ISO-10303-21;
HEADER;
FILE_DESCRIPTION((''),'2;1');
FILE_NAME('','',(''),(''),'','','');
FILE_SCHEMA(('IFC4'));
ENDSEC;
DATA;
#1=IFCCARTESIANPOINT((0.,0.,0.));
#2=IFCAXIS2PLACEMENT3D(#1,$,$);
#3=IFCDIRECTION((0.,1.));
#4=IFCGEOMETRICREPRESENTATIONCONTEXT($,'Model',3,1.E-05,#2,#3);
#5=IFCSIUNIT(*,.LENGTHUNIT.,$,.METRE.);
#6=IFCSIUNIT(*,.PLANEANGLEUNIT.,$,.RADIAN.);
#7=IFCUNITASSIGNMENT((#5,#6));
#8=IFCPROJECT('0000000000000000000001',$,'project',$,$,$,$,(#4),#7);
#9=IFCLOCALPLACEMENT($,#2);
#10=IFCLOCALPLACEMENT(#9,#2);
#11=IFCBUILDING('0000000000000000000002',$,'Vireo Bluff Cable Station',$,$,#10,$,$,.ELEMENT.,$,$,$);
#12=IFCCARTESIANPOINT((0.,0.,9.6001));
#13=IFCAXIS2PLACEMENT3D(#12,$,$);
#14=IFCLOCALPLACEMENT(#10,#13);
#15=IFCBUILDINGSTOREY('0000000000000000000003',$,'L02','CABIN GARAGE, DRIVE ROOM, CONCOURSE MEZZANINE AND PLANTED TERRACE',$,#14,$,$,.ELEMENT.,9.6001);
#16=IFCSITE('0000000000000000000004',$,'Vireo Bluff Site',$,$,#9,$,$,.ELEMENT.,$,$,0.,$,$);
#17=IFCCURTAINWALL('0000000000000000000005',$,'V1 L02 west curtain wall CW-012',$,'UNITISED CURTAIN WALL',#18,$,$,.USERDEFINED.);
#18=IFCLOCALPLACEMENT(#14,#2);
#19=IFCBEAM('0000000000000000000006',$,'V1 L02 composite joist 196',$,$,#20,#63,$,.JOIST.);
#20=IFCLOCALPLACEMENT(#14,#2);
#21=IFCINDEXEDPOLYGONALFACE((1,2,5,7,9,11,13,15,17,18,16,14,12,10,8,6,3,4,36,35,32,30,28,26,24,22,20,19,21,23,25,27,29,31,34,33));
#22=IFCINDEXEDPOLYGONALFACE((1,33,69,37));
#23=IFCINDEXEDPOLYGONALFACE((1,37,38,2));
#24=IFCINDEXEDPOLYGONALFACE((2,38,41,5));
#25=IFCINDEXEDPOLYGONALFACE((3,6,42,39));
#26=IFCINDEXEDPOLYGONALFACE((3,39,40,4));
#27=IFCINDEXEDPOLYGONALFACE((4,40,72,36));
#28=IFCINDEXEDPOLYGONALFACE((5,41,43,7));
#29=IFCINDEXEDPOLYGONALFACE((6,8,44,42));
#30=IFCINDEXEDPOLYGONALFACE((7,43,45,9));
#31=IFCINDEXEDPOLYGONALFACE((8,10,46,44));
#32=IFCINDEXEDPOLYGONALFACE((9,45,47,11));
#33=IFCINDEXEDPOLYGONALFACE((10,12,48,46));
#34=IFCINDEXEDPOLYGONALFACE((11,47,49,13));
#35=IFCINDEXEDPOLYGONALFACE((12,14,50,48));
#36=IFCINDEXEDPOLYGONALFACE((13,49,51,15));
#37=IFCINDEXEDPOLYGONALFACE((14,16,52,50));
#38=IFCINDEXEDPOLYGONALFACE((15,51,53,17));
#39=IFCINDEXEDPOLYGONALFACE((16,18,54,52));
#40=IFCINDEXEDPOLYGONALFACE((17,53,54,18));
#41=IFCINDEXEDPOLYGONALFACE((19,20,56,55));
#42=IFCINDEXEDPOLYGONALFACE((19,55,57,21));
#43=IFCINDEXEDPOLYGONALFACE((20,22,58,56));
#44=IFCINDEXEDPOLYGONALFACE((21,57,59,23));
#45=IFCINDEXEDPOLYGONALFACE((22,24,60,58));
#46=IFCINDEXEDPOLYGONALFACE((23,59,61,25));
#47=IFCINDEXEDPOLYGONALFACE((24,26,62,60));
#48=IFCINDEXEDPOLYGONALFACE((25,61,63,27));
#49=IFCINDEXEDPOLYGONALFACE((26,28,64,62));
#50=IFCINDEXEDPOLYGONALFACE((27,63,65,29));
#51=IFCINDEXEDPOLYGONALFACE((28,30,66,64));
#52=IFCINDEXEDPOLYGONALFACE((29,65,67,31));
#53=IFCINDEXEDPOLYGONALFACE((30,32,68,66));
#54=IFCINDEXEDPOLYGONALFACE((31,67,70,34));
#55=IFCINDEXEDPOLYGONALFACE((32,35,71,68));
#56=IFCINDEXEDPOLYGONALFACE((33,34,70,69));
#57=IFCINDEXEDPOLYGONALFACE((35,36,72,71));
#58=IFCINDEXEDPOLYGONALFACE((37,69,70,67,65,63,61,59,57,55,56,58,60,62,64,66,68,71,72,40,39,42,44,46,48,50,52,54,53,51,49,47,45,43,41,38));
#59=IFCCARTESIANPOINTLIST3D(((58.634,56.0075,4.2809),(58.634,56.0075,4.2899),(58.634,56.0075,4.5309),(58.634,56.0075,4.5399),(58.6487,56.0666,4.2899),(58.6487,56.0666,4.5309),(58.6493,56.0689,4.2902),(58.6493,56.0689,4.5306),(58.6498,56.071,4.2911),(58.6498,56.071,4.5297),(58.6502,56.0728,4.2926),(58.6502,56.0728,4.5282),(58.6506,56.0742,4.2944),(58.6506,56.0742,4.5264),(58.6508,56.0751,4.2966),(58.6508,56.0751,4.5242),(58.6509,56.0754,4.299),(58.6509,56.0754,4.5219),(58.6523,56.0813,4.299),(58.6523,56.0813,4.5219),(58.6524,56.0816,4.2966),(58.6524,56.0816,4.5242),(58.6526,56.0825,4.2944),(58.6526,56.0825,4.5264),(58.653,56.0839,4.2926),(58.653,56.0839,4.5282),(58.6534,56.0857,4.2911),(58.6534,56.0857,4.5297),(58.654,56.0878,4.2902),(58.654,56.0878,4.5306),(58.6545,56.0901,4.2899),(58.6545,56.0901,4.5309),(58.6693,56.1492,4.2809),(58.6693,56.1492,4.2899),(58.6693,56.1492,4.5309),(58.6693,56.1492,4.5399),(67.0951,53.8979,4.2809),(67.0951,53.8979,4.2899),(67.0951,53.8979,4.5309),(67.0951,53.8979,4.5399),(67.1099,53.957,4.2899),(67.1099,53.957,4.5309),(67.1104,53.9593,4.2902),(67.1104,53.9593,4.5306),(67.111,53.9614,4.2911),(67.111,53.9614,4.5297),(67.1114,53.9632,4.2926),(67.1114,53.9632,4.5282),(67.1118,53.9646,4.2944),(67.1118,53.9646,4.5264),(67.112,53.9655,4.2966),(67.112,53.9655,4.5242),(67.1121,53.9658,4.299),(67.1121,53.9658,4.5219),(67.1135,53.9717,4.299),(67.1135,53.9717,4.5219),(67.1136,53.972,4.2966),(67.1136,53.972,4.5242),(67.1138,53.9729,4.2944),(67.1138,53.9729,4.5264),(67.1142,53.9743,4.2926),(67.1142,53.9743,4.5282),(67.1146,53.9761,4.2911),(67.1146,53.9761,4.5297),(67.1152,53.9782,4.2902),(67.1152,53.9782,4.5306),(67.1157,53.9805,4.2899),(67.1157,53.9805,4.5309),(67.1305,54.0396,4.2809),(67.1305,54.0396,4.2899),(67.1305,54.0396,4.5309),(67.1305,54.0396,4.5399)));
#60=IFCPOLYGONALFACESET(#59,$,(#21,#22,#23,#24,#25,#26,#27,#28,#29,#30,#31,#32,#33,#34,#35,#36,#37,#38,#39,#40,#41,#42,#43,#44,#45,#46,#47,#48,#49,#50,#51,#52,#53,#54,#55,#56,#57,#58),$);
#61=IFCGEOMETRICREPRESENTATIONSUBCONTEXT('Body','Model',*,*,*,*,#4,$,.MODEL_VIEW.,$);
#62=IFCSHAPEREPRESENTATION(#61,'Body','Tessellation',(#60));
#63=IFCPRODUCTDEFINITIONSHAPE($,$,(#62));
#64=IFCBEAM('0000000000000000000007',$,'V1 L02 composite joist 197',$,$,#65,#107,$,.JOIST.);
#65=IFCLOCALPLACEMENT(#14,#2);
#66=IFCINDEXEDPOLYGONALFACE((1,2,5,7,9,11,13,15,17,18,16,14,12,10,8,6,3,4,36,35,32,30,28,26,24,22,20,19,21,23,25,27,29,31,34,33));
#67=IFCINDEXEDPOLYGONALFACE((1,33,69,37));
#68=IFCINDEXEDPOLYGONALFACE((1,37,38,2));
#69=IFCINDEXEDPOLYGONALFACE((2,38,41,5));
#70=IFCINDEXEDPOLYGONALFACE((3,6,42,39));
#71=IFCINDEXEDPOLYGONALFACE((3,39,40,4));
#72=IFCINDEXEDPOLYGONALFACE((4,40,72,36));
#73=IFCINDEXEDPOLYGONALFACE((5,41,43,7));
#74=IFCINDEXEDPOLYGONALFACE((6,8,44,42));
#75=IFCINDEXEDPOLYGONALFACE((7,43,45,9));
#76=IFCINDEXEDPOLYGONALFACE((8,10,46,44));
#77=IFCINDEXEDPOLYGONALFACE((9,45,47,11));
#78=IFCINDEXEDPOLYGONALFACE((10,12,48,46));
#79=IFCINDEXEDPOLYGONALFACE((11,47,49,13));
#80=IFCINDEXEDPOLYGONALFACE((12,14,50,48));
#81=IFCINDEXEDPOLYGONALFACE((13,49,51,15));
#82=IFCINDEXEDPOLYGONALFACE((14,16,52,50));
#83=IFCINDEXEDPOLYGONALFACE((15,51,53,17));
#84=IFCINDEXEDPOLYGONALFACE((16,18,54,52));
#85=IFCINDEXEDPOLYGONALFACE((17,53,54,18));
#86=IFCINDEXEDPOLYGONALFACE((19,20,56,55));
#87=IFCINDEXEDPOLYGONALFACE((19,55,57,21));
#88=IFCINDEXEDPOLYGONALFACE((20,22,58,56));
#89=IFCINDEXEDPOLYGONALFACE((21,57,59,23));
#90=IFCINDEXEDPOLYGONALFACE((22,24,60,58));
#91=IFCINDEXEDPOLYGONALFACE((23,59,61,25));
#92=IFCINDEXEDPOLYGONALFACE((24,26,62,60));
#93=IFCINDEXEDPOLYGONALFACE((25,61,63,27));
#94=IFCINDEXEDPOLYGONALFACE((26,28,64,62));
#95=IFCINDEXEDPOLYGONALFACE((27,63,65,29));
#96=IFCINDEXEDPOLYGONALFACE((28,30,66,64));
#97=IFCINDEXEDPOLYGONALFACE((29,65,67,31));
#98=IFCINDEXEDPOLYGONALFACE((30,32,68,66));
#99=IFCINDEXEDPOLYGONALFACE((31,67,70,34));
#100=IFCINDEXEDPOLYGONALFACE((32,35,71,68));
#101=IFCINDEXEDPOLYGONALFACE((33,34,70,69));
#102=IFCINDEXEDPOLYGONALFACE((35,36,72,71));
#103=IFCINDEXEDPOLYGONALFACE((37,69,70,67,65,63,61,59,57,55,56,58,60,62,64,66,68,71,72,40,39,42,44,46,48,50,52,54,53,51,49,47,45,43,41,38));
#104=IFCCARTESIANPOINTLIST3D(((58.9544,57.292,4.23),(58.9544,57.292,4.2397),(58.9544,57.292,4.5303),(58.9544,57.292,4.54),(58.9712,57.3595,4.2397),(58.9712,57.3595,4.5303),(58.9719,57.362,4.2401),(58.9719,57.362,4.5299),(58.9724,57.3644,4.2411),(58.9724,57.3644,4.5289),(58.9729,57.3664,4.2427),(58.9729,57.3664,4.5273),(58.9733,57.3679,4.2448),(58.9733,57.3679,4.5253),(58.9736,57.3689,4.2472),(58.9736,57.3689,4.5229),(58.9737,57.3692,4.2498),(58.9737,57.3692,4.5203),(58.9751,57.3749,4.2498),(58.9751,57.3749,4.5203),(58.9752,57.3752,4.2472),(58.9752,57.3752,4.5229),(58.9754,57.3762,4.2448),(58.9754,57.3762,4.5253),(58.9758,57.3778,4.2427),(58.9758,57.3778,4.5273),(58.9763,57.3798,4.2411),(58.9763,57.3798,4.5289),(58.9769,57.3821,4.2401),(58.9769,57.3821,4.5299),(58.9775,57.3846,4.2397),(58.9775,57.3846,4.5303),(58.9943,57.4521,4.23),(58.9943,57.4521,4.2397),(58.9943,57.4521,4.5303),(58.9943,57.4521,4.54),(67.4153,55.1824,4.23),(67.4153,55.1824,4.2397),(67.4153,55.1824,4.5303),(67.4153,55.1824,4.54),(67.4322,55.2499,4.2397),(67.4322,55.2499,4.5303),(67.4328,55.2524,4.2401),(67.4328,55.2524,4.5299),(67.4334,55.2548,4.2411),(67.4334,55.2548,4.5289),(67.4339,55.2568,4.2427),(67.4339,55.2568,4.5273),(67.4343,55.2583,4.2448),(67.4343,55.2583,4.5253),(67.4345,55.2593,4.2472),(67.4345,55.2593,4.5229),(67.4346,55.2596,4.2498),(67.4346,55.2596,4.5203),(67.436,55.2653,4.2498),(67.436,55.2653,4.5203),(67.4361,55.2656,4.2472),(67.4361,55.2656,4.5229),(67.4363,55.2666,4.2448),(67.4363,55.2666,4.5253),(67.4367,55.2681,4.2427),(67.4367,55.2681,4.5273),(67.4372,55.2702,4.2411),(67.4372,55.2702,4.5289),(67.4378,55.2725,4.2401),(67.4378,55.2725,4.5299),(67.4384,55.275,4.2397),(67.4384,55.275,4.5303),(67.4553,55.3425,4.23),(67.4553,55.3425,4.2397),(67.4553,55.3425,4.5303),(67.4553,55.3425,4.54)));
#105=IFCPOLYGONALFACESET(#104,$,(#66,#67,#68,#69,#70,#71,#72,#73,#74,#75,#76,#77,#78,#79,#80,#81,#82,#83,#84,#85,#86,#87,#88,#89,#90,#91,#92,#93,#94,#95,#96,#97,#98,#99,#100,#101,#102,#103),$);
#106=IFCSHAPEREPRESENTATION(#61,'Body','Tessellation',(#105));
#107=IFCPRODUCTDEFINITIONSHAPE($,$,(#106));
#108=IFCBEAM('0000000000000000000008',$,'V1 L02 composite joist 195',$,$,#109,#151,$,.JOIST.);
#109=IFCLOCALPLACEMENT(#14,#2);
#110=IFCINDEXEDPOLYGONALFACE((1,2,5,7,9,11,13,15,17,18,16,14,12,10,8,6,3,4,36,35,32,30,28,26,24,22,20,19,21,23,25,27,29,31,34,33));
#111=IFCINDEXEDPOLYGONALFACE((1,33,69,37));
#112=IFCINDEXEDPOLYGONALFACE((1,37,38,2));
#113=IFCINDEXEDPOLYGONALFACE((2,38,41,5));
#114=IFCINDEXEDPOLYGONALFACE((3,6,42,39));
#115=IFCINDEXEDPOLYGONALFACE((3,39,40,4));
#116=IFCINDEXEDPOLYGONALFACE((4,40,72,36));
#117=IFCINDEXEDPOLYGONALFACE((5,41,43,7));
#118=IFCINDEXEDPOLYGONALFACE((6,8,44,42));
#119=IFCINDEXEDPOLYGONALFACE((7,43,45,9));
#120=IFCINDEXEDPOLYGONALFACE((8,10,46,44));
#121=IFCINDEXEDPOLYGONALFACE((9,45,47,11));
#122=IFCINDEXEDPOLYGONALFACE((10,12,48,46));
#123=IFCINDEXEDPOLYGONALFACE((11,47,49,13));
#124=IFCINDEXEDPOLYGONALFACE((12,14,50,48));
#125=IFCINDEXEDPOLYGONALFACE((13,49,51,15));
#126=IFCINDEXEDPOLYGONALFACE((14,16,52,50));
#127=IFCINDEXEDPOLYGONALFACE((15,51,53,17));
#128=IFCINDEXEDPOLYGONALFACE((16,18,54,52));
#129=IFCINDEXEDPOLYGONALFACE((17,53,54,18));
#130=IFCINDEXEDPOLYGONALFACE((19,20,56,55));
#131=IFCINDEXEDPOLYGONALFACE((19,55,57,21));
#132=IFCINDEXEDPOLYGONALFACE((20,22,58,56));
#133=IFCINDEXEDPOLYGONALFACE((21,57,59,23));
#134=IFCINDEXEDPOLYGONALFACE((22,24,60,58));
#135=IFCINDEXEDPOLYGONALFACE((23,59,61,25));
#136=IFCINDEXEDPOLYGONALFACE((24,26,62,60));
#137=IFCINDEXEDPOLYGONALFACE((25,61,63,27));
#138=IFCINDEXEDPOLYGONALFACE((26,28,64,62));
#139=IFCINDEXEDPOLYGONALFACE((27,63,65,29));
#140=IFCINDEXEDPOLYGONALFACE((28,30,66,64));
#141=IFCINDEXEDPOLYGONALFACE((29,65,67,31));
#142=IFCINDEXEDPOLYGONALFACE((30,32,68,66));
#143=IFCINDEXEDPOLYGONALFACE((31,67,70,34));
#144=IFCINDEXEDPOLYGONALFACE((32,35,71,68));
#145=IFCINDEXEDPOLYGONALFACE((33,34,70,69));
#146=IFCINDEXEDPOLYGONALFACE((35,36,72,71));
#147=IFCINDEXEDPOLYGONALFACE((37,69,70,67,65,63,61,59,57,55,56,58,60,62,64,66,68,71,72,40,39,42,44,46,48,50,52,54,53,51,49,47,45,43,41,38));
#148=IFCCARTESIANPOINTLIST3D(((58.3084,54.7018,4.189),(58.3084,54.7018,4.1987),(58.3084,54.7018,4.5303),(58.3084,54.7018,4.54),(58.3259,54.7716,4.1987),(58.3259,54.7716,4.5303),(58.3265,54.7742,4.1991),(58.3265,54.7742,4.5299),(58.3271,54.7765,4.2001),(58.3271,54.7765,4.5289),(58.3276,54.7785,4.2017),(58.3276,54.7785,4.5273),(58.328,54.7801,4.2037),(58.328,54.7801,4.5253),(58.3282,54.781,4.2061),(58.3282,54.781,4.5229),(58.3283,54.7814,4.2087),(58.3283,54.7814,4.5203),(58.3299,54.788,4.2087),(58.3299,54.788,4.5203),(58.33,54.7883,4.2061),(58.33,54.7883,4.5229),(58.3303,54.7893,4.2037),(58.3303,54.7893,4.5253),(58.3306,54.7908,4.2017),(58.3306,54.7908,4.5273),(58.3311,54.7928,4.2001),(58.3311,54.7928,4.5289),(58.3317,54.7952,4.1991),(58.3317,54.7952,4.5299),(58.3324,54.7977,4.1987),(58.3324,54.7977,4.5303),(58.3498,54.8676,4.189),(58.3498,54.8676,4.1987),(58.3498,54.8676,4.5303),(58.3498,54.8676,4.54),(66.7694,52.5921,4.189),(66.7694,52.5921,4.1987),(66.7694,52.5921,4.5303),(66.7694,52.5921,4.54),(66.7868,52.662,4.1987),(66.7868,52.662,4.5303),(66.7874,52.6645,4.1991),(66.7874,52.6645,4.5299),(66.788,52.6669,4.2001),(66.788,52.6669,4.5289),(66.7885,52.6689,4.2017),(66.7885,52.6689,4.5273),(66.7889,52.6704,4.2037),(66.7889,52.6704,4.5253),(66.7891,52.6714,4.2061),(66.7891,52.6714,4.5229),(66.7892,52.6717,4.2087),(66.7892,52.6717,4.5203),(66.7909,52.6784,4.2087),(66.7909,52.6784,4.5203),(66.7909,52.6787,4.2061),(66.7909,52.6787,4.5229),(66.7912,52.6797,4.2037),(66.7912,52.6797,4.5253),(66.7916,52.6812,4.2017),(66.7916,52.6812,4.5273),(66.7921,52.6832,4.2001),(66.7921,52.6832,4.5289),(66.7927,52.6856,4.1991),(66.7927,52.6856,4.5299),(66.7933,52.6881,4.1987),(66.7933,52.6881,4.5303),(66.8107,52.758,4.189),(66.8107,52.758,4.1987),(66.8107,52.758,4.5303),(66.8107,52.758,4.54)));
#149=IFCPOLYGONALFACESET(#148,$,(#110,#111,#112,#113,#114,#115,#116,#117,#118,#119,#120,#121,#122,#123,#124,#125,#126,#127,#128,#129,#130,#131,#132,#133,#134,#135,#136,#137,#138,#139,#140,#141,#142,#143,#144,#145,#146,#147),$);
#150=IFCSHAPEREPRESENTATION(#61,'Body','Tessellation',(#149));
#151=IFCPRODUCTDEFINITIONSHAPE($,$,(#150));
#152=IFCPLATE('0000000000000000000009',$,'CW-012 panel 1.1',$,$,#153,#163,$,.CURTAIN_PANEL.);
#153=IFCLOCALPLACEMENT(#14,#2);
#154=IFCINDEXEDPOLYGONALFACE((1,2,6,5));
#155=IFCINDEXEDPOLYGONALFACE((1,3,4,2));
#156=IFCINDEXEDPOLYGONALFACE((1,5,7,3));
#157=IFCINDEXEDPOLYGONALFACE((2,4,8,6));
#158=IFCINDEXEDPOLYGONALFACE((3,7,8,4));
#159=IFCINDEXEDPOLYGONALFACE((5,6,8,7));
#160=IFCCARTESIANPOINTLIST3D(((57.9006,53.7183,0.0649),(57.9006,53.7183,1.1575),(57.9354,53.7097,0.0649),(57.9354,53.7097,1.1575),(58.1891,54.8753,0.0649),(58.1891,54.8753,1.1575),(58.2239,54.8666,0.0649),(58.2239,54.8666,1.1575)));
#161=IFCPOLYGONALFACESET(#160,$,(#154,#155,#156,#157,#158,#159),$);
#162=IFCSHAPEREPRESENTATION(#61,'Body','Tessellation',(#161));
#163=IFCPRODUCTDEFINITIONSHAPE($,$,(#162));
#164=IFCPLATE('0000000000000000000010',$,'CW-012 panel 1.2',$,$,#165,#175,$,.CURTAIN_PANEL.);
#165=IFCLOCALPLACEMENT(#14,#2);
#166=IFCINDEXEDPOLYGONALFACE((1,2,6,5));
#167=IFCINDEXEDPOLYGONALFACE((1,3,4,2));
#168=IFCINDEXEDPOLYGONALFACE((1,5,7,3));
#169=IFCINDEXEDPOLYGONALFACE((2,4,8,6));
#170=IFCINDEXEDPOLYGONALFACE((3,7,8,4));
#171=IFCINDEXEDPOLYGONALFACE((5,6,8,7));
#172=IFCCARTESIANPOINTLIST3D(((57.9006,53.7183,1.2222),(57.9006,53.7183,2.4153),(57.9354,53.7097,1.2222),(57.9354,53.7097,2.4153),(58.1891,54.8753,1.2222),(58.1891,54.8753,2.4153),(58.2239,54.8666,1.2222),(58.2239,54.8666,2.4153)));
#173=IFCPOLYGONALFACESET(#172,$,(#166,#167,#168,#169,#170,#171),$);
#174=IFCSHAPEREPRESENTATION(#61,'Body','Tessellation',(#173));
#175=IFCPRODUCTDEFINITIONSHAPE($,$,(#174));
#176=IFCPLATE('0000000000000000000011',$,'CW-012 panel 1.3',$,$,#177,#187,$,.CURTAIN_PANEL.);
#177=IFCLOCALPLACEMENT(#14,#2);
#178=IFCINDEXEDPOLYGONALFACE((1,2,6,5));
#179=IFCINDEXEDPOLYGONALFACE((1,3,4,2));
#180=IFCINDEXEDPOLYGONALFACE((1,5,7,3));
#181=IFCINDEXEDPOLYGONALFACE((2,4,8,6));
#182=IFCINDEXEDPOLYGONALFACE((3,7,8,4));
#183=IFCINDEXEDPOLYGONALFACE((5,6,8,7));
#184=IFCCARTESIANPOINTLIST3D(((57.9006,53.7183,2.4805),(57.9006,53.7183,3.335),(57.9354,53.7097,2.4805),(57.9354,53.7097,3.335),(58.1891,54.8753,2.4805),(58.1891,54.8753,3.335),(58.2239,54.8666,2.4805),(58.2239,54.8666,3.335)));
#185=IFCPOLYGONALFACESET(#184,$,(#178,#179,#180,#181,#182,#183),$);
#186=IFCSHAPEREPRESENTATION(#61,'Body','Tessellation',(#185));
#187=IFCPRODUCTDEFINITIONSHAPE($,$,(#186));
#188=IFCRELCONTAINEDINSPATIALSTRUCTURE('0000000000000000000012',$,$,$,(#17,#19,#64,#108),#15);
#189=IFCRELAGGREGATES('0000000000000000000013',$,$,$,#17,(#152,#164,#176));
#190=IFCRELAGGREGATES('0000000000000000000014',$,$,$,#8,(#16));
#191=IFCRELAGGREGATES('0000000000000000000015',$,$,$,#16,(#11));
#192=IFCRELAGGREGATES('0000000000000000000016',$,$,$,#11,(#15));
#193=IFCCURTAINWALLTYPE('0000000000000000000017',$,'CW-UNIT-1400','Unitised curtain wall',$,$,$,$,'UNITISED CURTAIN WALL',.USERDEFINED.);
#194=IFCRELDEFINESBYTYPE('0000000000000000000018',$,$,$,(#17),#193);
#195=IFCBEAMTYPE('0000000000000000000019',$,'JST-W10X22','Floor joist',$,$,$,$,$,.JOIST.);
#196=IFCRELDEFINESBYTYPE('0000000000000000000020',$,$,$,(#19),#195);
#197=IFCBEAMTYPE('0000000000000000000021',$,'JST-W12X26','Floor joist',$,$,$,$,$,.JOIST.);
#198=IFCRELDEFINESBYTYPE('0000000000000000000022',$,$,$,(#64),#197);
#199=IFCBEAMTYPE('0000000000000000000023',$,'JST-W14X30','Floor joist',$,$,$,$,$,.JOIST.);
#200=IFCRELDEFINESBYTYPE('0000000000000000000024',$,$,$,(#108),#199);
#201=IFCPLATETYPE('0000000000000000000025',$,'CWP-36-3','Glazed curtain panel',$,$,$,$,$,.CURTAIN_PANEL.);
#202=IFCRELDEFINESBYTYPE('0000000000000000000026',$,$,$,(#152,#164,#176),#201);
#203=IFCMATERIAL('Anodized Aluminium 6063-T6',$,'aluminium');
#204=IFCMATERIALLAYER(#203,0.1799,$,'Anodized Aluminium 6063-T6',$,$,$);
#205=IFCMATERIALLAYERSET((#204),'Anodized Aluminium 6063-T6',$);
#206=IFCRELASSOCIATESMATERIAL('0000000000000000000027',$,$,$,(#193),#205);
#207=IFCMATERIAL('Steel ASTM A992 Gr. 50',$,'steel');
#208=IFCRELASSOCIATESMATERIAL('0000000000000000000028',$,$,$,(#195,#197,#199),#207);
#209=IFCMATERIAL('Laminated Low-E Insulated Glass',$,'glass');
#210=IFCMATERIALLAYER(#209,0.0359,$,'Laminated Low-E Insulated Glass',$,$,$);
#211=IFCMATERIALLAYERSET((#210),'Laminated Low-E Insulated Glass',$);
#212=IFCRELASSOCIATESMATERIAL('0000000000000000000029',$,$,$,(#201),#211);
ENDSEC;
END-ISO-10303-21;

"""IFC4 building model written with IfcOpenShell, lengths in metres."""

from ifc_helpers import new_model, si_unit, direction, frame, origin, origin_2d, place, context, subcontext, project, spatial, rectangle, i_section, extrude, material, layer, layer_set, material_profile, profile_set, type_object, element, aggregate, save


model = new_model("IFC4")

# Units and contexts
model_context = context("Model", 3, precision=1e-05, world=origin(), true_north=direction((0.0, 1.0)))
body_context = subcontext(model_context, "Body", "Model", "MODEL_VIEW")
ifc_project = project(units=[si_unit("LENGTHUNIT", "METRE"), si_unit("PLANEANGLEUNIT", "RADIAN")], contexts=[model_context])

# Site, building, storey
site_placement = place(None, origin())
site = spatial("IfcSite", under=ifc_project, at=site_placement, Name="Vireo Bluff Site", CompositionType="ELEMENT", RefElevation=0.0)
building_placement = place(site_placement, origin())
building = spatial("IfcBuilding", under=site, at=building_placement, Name="Vireo Bluff Cable Station", CompositionType="ELEMENT")
storey_placement = place(building_placement, frame((0.0, 0.0, 9.6001)))
storey = spatial("IfcBuildingStorey", under=building, at=storey_placement, Name="L02", Description="CABIN GARAGE, DRIVE ROOM, CONCOURSE MEZZANINE AND PLANTED TERRACE", CompositionType="ELEMENT", Elevation=9.6001)

# Curtain wall
ifc_material_1 = material(Name="Anodized Aluminium 6063-T6", Category="aluminium")
ifc_layer_1 = layer(ifc_material_1, 0.1799, Name="Anodized Aluminium 6063-T6")
ifc_layer_set_1 = layer_set([ifc_layer_1], Name="Anodized Aluminium 6063-T6")
curtain_wall_type = type_object("IfcCurtainWallType", Name="CW-UNIT-1400", Description="Unitised curtain wall", ElementType="UNITISED CURTAIN WALL", PredefinedType="USERDEFINED", material=ifc_layer_set_1)
curtain_wall_placement = place(storey_placement, origin())
curtain_wall = element("IfcCurtainWall", 1, at=curtain_wall_placement, inside=storey, type_object=curtain_wall_type, Name="V1 L02 west curtain wall CW-012", ObjectType="UNITISED CURTAIN WALL", PredefinedType="USERDEFINED")

# Beams
ifc_material_2 = material(Name="Steel ASTM A992 Gr. 50", Category="steel")
ifc_material_profile_1 = material_profile(ifc_material_2, i_section(OverallWidth=0.146, OverallDepth=0.259, WebThickness=0.0061, FlangeThickness=0.009, FilletRadius=0.009, at=origin_2d()), Name="W10X22")
ifc_profile_set_1 = profile_set([ifc_material_profile_1], Name="Steel ASTM A992 Gr. 50")
beam_type_1 = type_object("IfcBeamType", Name="JST-W10X22", Description="Floor joist", PredefinedType="JOIST", material=ifc_profile_set_1)
beam_1_placement = place(storey_placement, frame((58.6516, 56.0784, 4.4104), z_axis=(0.970295, -0.241923, 0.0), x_axis=(0.241923, 0.970295, 0.0)))
element("IfcBeam", 2, at=beam_1_placement, inside=storey, type_object=beam_type_1, Name="V1 L02 composite joist 196", PredefinedType="JOIST", context=body_context, shape_type="SweptSolid", body=[
    extrude(i_section(OverallWidth=0.146, OverallDepth=0.259, WebThickness=0.0061, FlangeThickness=0.009, FilletRadius=0.009, at=origin_2d()), origin(), (0.0, 0.0, 1.0), 8.7202),
])
ifc_material_profile_2 = material_profile(ifc_material_2, i_section(OverallWidth=0.165, OverallDepth=0.3101, WebThickness=0.0059, FlangeThickness=0.0098, FilletRadius=0.01, at=origin_2d()), Name="W12X26")
ifc_profile_set_2 = profile_set([ifc_material_profile_2], Name="Steel ASTM A992 Gr. 50")
beam_type_2 = type_object("IfcBeamType", Name="JST-W12X26", Description="Floor joist", PredefinedType="JOIST", material=ifc_profile_set_2)
beam_2_placement = place(storey_placement, frame((58.9744, 57.3721, 4.385), z_axis=(0.970294, -0.24193, 0.0), x_axis=(0.24193, 0.970294, 0.0)))
element("IfcBeam", 3, at=beam_2_placement, inside=storey, type_object=beam_type_2, Name="V1 L02 composite joist 197", PredefinedType="JOIST", context=body_context, shape_type="SweptSolid", body=[
    extrude(i_section(OverallWidth=0.165, OverallDepth=0.3101, WebThickness=0.0059, FlangeThickness=0.0098, FilletRadius=0.01, at=origin_2d()), origin(), (0.0, 0.0, 1.0), 8.72),
])
ifc_material_profile_3 = material_profile(ifc_material_2, i_section(OverallWidth=0.1709, OverallDepth=0.3511, WebThickness=0.0068, FlangeThickness=0.0098, FilletRadius=0.01, at=origin_2d()), Name="W14X30")
ifc_profile_set_3 = profile_set([ifc_material_profile_3], Name="Steel ASTM A992 Gr. 50")
beam_type_3 = type_object("IfcBeamType", Name="JST-W14X30", Description="Floor joist", PredefinedType="JOIST", material=ifc_profile_set_3)
beam_3_placement = place(storey_placement, frame((58.3291, 54.7847, 4.3645), z_axis=(0.970294, -0.24193, 0.0), x_axis=(0.24193, 0.970294, 0.0)))
element("IfcBeam", 4, at=beam_3_placement, inside=storey, type_object=beam_type_3, Name="V1 L02 composite joist 195", PredefinedType="JOIST", context=body_context, shape_type="SweptSolid", body=[
    extrude(i_section(OverallWidth=0.1709, OverallDepth=0.3511, WebThickness=0.0068, FlangeThickness=0.0098, FilletRadius=0.01, at=origin_2d()), origin(), (0.0, 0.0, 1.0), 8.72),
])

# Plates
ifc_material_3 = material(Name="Laminated Low-E Insulated Glass", Category="glass")
ifc_layer_2 = layer(ifc_material_3, 0.0359, Name="Laminated Low-E Insulated Glass")
ifc_layer_set_2 = layer_set([ifc_layer_2], Name="Laminated Low-E Insulated Glass")
plate_type = type_object("IfcPlateType", Name="CWP-36-3", Description="Glazed curtain panel", PredefinedType="CURTAIN_PANEL", material=ifc_layer_set_2)
plate_1_placement = place(storey_placement, frame((58.0623, 54.2925, 0.0649), z_axis=(0.0, 0.0, 1.0), x_axis=(0.241922, 0.970296, 0.0)))
plate_1 = element("IfcPlate", 5, at=plate_1_placement, type_object=plate_type, Name="CW-012 panel 1.1", PredefinedType="CURTAIN_PANEL", context=body_context, shape_type="SweptSolid", body=[
    extrude(rectangle(XDim=1.1924, YDim=0.0359, at=origin_2d()), origin(), (0.0, 0.0, 1.0), 1.0925),
])
plate_2_placement = place(storey_placement, frame((58.0623, 54.2925, 1.2222), z_axis=(0.0, 0.0, 1.0), x_axis=(0.241922, 0.970296, 0.0)))
plate_2 = element("IfcPlate", 6, at=plate_2_placement, type_object=plate_type, Name="CW-012 panel 1.2", PredefinedType="CURTAIN_PANEL", context=body_context, shape_type="SweptSolid", body=[
    extrude(rectangle(XDim=1.1924, YDim=0.0359, at=origin_2d()), origin(), (0.0, 0.0, 1.0), 1.1931),
])
plate_3_placement = place(storey_placement, frame((58.0623, 54.2925, 2.4805), z_axis=(0.0, 0.0, 1.0), x_axis=(0.241922, 0.970296, 0.0)))
plate_3 = element("IfcPlate", 7, at=plate_3_placement, type_object=plate_type, Name="CW-012 panel 1.3", PredefinedType="CURTAIN_PANEL", context=body_context, shape_type="SweptSolid", body=[
    extrude(rectangle(XDim=1.1924, YDim=0.0359, at=origin_2d()), origin(), (0.0, 0.0, 1.0), 0.8545),
])
aggregate(curtain_wall, [plate_1, plate_2, plate_3])

save(model, "model.ifc")
